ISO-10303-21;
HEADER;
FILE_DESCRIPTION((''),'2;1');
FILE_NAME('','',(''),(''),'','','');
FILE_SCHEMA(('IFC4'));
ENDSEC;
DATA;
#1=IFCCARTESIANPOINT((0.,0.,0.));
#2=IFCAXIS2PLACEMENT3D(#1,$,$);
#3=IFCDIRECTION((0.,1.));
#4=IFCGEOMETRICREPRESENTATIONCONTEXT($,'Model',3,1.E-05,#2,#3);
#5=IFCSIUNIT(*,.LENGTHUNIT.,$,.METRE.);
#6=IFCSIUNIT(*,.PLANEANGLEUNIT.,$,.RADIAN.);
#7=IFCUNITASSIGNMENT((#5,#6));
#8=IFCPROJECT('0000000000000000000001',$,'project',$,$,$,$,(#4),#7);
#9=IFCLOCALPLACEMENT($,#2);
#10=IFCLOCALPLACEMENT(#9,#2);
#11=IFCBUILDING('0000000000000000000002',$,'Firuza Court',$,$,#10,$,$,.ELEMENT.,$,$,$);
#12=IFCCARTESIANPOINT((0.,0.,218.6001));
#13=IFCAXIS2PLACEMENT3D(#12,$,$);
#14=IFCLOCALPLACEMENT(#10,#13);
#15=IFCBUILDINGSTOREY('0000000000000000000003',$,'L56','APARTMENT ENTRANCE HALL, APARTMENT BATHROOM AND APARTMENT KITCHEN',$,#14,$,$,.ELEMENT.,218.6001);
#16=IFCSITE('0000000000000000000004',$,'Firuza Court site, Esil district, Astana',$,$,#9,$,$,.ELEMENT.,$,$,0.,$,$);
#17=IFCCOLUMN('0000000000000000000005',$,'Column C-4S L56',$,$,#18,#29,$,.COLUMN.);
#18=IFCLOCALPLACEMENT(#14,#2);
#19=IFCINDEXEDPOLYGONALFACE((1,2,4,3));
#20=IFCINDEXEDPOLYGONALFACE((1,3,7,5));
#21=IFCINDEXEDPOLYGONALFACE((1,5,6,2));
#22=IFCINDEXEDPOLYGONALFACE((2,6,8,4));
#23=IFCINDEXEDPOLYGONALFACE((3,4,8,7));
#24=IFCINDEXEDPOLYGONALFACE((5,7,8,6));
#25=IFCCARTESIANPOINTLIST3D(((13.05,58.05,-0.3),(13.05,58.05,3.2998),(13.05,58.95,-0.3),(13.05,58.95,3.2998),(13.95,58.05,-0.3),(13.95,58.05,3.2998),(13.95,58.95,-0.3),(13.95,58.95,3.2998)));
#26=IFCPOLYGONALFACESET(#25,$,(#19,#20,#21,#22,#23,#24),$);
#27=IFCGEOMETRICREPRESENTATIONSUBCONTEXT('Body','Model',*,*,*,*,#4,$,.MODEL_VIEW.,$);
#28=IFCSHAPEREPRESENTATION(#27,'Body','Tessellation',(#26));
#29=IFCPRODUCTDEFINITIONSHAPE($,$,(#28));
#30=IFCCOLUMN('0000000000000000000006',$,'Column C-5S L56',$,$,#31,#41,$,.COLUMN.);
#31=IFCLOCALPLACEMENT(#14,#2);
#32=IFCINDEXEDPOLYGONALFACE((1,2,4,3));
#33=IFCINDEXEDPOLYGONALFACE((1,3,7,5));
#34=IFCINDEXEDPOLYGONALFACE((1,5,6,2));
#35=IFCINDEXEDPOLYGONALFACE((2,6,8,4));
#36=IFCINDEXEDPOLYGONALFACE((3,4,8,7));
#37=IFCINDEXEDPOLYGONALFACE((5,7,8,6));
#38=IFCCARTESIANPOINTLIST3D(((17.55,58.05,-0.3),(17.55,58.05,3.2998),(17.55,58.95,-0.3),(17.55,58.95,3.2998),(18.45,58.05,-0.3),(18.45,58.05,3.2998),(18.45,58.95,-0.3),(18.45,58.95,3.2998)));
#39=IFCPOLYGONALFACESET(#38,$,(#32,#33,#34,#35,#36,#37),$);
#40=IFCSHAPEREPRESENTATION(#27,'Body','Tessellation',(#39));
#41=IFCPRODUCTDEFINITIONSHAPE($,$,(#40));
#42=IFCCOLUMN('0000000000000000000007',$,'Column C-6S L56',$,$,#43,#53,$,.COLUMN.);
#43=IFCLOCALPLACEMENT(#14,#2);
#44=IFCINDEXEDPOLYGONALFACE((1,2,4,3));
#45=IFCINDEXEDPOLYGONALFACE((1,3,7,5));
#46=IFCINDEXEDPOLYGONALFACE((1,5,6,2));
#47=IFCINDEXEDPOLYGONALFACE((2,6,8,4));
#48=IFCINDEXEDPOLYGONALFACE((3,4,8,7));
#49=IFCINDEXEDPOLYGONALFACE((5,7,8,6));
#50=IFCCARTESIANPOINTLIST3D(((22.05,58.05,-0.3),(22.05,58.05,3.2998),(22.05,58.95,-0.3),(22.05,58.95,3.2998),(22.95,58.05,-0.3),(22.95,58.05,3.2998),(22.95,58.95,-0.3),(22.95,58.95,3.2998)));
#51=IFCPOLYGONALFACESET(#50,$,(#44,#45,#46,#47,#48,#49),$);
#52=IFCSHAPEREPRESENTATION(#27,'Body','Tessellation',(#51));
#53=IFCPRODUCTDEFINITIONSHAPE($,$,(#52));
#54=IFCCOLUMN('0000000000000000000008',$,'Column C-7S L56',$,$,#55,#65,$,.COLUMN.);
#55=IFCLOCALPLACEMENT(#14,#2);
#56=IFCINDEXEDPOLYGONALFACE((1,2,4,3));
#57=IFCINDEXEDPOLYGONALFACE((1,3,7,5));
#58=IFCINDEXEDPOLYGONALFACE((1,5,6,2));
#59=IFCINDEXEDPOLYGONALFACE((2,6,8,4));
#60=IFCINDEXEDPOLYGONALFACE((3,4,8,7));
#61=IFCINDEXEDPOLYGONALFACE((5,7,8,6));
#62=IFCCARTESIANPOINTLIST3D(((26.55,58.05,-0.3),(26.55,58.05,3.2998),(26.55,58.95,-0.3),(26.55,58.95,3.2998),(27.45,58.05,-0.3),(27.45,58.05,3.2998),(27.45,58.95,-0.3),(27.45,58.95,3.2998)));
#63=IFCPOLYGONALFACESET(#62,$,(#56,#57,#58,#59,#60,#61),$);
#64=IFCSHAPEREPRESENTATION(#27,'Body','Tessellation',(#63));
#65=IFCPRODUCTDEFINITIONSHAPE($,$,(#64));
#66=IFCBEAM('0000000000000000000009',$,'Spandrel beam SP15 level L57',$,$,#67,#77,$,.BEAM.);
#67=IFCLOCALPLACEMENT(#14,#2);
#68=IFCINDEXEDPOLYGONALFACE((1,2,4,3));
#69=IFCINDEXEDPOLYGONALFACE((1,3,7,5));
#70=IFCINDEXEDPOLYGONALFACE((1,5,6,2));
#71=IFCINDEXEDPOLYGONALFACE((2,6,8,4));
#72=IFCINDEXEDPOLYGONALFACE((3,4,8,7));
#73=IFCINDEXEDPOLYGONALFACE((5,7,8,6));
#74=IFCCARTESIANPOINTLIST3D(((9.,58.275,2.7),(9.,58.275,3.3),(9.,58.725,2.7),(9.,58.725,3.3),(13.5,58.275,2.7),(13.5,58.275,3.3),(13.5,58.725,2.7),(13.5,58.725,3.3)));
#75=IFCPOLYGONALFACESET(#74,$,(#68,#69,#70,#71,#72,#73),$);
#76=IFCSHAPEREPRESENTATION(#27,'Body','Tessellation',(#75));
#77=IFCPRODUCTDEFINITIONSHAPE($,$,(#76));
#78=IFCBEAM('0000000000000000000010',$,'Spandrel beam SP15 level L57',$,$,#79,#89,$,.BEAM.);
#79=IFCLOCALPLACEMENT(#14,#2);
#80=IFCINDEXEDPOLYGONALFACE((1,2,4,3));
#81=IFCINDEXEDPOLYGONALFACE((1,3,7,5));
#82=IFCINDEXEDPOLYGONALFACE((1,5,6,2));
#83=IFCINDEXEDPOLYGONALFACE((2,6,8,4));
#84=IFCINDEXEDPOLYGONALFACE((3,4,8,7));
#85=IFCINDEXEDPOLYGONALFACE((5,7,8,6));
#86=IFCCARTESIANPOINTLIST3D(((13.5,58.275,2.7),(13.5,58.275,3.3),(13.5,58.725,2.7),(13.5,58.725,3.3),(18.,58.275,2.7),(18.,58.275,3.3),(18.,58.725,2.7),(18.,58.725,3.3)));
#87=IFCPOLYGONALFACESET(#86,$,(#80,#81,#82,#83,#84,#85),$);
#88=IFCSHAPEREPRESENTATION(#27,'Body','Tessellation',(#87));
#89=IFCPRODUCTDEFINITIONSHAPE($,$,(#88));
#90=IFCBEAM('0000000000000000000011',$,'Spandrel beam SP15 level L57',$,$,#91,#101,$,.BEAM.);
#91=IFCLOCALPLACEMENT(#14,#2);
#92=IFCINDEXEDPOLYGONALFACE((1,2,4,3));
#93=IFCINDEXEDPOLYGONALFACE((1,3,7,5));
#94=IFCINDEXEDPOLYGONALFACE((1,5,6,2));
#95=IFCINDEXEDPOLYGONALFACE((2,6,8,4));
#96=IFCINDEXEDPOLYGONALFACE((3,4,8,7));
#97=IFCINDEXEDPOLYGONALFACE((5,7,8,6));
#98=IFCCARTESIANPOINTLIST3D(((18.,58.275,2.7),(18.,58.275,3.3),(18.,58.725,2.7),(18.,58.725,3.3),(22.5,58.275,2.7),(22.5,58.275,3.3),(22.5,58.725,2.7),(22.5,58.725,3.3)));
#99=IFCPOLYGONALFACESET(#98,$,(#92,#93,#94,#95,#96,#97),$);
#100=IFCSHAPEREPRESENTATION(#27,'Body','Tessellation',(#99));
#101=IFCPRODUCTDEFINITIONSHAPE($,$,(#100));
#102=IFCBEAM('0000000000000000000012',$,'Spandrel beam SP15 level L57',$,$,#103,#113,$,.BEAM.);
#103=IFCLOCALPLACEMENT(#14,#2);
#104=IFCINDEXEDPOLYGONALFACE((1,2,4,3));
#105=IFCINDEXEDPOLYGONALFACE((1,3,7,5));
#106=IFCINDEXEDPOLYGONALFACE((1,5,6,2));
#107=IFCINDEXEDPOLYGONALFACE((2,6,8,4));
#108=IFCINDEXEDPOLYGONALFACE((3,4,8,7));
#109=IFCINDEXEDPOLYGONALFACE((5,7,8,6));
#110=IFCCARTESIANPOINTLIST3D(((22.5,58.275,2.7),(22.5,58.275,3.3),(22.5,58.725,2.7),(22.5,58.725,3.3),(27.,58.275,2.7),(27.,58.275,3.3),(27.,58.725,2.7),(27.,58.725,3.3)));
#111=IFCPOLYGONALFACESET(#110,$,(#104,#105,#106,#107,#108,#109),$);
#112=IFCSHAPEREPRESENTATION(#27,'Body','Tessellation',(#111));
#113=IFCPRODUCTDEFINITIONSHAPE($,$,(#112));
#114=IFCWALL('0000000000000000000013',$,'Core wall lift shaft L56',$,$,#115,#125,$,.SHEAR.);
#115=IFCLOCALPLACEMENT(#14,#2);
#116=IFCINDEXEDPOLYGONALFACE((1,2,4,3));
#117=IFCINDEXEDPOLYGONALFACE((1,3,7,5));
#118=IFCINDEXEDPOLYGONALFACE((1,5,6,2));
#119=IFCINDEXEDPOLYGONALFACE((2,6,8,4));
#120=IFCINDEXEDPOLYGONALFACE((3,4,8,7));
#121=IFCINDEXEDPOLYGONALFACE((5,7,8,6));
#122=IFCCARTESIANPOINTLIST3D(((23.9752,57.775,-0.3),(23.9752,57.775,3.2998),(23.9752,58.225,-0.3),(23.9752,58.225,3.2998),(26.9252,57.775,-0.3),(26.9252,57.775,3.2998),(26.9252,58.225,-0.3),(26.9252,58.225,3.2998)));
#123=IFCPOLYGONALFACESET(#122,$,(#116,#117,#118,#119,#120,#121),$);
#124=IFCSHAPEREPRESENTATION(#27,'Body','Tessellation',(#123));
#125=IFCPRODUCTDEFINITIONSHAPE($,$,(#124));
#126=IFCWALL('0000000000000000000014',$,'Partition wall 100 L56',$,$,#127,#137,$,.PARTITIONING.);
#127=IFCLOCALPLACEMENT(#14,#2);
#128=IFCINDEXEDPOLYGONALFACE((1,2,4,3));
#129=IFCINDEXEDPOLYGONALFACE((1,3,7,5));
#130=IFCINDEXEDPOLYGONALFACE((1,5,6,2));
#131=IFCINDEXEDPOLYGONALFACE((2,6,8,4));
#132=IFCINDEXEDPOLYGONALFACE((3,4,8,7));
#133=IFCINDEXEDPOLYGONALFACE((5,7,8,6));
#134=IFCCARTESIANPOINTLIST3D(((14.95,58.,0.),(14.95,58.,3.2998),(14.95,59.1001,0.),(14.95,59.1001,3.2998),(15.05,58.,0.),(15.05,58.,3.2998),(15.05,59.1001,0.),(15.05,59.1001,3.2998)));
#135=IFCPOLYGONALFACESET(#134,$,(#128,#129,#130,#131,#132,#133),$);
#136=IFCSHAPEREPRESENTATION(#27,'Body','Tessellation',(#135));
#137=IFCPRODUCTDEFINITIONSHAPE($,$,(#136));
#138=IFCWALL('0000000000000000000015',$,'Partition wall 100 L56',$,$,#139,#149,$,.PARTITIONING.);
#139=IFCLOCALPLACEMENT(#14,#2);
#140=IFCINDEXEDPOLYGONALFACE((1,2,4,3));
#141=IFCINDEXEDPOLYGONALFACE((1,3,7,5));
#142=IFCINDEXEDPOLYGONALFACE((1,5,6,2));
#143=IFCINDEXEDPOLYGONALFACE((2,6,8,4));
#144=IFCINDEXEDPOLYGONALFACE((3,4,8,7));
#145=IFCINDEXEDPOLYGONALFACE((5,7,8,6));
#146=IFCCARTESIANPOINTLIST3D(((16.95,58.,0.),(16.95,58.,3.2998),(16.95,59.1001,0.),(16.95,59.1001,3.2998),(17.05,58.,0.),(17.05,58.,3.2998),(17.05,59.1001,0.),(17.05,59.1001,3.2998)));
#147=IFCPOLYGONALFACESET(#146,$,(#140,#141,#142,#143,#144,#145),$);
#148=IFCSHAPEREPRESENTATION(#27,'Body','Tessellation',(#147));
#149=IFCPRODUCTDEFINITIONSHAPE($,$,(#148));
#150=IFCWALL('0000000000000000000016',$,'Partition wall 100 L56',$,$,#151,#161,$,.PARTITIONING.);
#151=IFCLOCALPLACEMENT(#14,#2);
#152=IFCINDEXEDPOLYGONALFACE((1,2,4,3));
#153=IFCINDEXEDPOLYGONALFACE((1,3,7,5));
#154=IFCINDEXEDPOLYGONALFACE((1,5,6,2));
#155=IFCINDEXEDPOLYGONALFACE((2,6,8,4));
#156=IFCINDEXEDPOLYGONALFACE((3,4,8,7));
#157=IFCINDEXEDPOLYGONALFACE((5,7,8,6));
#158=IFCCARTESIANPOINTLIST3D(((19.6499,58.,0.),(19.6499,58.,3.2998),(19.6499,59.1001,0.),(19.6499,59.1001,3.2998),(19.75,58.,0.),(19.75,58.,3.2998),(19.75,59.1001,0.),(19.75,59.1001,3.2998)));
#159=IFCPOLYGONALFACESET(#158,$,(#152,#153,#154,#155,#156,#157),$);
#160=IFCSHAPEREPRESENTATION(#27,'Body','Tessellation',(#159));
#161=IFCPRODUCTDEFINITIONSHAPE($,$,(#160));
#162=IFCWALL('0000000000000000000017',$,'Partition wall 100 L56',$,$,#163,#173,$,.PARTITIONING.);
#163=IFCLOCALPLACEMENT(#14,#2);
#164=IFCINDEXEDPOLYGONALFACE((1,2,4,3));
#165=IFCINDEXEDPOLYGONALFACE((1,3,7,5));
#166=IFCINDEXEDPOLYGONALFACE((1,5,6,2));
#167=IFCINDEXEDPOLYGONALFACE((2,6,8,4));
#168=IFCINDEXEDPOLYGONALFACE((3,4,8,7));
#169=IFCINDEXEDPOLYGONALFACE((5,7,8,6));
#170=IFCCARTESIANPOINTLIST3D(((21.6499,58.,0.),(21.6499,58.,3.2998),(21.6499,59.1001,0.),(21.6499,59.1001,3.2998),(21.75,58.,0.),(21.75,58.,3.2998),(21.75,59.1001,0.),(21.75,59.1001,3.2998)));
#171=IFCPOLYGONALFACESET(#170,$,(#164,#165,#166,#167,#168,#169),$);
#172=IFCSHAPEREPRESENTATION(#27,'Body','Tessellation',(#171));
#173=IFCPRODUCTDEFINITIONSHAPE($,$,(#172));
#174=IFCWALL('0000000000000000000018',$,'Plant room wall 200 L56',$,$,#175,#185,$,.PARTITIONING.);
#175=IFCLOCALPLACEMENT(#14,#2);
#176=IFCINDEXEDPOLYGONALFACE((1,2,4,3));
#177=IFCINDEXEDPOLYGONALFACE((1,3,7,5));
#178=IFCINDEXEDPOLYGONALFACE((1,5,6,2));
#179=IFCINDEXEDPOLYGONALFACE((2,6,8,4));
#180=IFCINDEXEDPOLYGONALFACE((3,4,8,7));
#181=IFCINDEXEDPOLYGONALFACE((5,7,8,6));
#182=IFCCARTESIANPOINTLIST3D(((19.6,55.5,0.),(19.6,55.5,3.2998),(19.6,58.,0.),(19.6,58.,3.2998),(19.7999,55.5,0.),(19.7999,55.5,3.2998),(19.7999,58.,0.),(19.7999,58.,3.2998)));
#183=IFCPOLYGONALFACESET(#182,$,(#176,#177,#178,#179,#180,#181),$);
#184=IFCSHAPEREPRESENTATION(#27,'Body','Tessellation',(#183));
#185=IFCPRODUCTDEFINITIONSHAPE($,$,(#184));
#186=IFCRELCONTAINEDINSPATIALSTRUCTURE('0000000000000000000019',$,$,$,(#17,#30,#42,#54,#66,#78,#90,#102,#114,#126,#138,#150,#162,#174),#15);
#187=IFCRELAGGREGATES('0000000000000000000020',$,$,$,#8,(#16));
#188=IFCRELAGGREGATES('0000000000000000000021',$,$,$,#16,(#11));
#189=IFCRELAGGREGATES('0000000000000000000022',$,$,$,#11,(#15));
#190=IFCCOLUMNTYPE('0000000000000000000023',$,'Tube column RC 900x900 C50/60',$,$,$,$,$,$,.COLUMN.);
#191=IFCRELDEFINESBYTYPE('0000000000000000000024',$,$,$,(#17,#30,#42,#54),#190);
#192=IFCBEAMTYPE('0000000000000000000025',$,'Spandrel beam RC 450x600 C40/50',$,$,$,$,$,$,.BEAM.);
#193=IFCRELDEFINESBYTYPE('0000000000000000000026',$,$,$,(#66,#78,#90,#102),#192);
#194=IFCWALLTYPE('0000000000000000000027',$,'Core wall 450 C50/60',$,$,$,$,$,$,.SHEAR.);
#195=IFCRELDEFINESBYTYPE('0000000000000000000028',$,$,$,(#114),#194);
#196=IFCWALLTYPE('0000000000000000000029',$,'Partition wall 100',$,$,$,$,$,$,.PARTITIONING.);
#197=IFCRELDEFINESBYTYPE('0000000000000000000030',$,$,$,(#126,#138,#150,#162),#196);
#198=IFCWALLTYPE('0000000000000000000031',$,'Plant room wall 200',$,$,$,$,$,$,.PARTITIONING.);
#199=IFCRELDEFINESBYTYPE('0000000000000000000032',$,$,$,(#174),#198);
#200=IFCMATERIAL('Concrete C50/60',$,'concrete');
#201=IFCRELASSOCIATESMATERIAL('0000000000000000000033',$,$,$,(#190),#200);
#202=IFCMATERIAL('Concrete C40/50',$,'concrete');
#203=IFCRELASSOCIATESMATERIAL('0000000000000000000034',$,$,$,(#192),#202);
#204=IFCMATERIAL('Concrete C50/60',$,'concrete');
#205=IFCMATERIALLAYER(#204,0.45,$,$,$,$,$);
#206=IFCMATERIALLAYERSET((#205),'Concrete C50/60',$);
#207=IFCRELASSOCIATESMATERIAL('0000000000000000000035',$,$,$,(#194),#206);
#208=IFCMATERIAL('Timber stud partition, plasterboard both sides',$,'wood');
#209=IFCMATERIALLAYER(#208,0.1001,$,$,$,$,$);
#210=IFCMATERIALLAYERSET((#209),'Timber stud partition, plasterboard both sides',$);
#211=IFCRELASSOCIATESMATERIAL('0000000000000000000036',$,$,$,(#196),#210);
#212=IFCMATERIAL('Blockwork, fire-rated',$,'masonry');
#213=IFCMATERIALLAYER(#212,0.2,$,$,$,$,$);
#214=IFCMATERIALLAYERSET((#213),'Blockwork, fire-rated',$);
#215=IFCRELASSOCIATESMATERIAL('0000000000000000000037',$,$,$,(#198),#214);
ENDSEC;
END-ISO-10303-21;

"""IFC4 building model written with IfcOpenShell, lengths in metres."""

from ifc_helpers import new_model, si_unit, direction, frame, frame_2d, origin, origin_2d, place, context, subcontext, project, spatial, rectangle, extrude, material, layer, layer_set, material_profile, profile_set, type_object, element, save


model = new_model("IFC4")

# Units and contexts
model_context = context("Model", 3, precision=1e-05, world=origin(), true_north=direction((0.0, 1.0)))
body_context = subcontext(model_context, "Body", "Model", "MODEL_VIEW")
ifc_project = project(units=[si_unit("LENGTHUNIT", "METRE"), si_unit("PLANEANGLEUNIT", "RADIAN")], contexts=[model_context])

# Site, building, storey
site_placement = place(None, origin())
site = spatial("IfcSite", under=ifc_project, at=site_placement, Name="Firuza Court site, Esil district, Astana", CompositionType="ELEMENT", RefElevation=0.0)
building_placement = place(site_placement, origin())
building = spatial("IfcBuilding", under=site, at=building_placement, Name="Firuza Court", CompositionType="ELEMENT")
storey_placement = place(building_placement, frame((0.0, 0.0, 218.6001)))
storey = spatial("IfcBuildingStorey", under=building, at=storey_placement, Name="L56", Description="APARTMENT ENTRANCE HALL, APARTMENT BATHROOM AND APARTMENT KITCHEN", CompositionType="ELEMENT", Elevation=218.6001)

# Columns
ifc_material_1 = material(Name="Concrete C50/60", Category="concrete")
ifc_material_profile_1 = material_profile(ifc_material_1, rectangle(XDim=0.8999, YDim=0.8999, at=origin_2d()), Name="RC 900x900")
ifc_profile_set_1 = profile_set([ifc_material_profile_1], Name="Concrete C50/60")
column_type = type_object("IfcColumnType", Name="Tube column RC 900x900 C50/60", PredefinedType="COLUMN", material=ifc_profile_set_1)
for number, where, z_axis, x_axis, name in (
    (1, (13.5, 58.5, -0.3), (0.0, 0.0, 1.0), (1.0, 0.0, 0.0), "Column C-4S L56"),
    (2, (18.0, 58.5, -0.3), (0.0, 0.0, 1.0), (1.0, 0.0, 0.0), "Column C-5S L56"),
    (3, (22.5, 58.5, -0.3), (0.0, 0.0, 1.0), (1.0, 0.0, 0.0), "Column C-6S L56"),
    (4, (27.0, 58.5, -0.3), (0.0, 0.0, 1.0), (1.0, 0.0, 0.0), "Column C-7S L56"),
):
    element("IfcColumn", number, at=place(storey_placement, frame(where, z_axis=z_axis, x_axis=x_axis)), inside=storey, type_object=column_type, Name=name, PredefinedType="COLUMN", context=body_context, shape_type="SweptSolid", body=[
        extrude(rectangle(XDim=0.8999, YDim=0.8999, at=origin_2d()), origin(), (0.0, 0.0, 1.0), 3.5999),
    ])

# Beams
ifc_material_2 = material(Name="Concrete C40/50", Category="concrete")
ifc_material_profile_2 = material_profile(ifc_material_2, rectangle(XDim=0.45, YDim=0.6001, at=origin_2d()), Name="RC 450x600")
ifc_profile_set_2 = profile_set([ifc_material_profile_2], Name="Concrete C40/50")
beam_type = type_object("IfcBeamType", Name="Spandrel beam RC 450x600 C40/50", PredefinedType="BEAM", material=ifc_profile_set_2)
for number, where, z_axis, x_axis, name in (
    (5, (13.5, 58.5, 3.0), (-1.0, 0.0, 0.0), (0.0, -1.0, 0.0), "Spandrel beam SP15 level L57"),
    (6, (18.0, 58.5, 3.0), (-1.0, 0.0, 0.0), (0.0, -1.0, 0.0), "Spandrel beam SP15 level L57"),
    (7, (22.5, 58.5, 3.0), (-1.0, 0.0, 0.0), (0.0, -1.0, 0.0), "Spandrel beam SP15 level L57"),
    (8, (27.0, 58.5, 3.0), (-1.0, 0.0, 0.0), (0.0, -1.0, 0.0), "Spandrel beam SP15 level L57"),
):
    element("IfcBeam", number, at=place(storey_placement, frame(where, z_axis=z_axis, x_axis=x_axis)), inside=storey, type_object=beam_type, Name=name, PredefinedType="BEAM", context=body_context, shape_type="SweptSolid", body=[
        extrude(rectangle(XDim=0.45, YDim=0.6001, at=origin_2d()), origin(), (0.0, 0.0, 1.0), 4.5),
    ])

# Walls
ifc_material_3 = material(Name="Concrete C50/60", Category="concrete")
ifc_layer_1 = layer(ifc_material_3, 0.45)
ifc_layer_set_1 = layer_set([ifc_layer_1], Name="Concrete C50/60")
wall_type_1 = type_object("IfcWallType", Name="Core wall 450 C50/60", PredefinedType="SHEAR", material=ifc_layer_set_1)
wall_1_placement = place(storey_placement, frame((23.9751, 58.0, -0.3), z_axis=(0.0, 0.0, 1.0), x_axis=(1.0, 0.0, 0.0)))
element("IfcWall", 9, at=wall_1_placement, inside=storey, type_object=wall_type_1, Name="Core wall lift shaft L56", PredefinedType="SHEAR", context=body_context, shape_type="SweptSolid", body=[
    extrude(rectangle(XDim=2.95, YDim=0.45, at=frame_2d((1.4751, 0.0))), origin(), (0.0, 0.0, 1.0), 3.5999),
])
ifc_material_4 = material(Name="Timber stud partition, plasterboard both sides", Category="wood")
ifc_layer_2 = layer(ifc_material_4, 0.1001)
ifc_layer_set_2 = layer_set([ifc_layer_2], Name="Timber stud partition, plasterboard both sides")
wall_type_2 = type_object("IfcWallType", Name="Partition wall 100", PredefinedType="PARTITIONING", material=ifc_layer_set_2)
for number, where, z_axis, x_axis, name in (
    (10, (15.0, 58.0, 0.0), (0.0, 0.0, 1.0), (0.0, 1.0, 0.0), "Partition wall 100 L56"),
    (11, (17.0, 58.0, 0.0), (0.0, 0.0, 1.0), (0.0, 1.0, 0.0), "Partition wall 100 L56"),
    (12, (19.7, 58.0, 0.0), (0.0, 0.0, 1.0), (0.0, 1.0, 0.0), "Partition wall 100 L56"),
    (13, (21.7, 58.0, 0.0), (0.0, 0.0, 1.0), (0.0, 1.0, 0.0), "Partition wall 100 L56"),
):
    element("IfcWall", number, at=place(storey_placement, frame(where, z_axis=z_axis, x_axis=x_axis)), inside=storey, type_object=wall_type_2, Name=name, PredefinedType="PARTITIONING", context=body_context, shape_type="SweptSolid", body=[
        extrude(rectangle(XDim=1.1001, YDim=0.1001, at=frame_2d((0.55, 0.0))), origin(), (0.0, 0.0, 1.0), 3.2998),
    ])
ifc_material_5 = material(Name="Blockwork, fire-rated", Category="masonry")
ifc_layer_3 = layer(ifc_material_5, 0.2)
ifc_layer_set_3 = layer_set([ifc_layer_3], Name="Blockwork, fire-rated")
wall_type_3 = type_object("IfcWallType", Name="Plant room wall 200", PredefinedType="PARTITIONING", material=ifc_layer_set_3)
wall_2_placement = place(storey_placement, frame((19.7, 55.5, 0.0), z_axis=(0.0, 0.0, 1.0), x_axis=(0.0, 1.0, 0.0)))
element("IfcWall", 14, at=wall_2_placement, inside=storey, type_object=wall_type_3, Name="Plant room wall 200 L56", PredefinedType="PARTITIONING", context=body_context, shape_type="SweptSolid", body=[
    extrude(rectangle(XDim=2.5, YDim=0.2, at=frame_2d((1.25, 0.0))), origin(), (0.0, 0.0, 1.0), 3.2998),
])

save(model, "model.ifc")
